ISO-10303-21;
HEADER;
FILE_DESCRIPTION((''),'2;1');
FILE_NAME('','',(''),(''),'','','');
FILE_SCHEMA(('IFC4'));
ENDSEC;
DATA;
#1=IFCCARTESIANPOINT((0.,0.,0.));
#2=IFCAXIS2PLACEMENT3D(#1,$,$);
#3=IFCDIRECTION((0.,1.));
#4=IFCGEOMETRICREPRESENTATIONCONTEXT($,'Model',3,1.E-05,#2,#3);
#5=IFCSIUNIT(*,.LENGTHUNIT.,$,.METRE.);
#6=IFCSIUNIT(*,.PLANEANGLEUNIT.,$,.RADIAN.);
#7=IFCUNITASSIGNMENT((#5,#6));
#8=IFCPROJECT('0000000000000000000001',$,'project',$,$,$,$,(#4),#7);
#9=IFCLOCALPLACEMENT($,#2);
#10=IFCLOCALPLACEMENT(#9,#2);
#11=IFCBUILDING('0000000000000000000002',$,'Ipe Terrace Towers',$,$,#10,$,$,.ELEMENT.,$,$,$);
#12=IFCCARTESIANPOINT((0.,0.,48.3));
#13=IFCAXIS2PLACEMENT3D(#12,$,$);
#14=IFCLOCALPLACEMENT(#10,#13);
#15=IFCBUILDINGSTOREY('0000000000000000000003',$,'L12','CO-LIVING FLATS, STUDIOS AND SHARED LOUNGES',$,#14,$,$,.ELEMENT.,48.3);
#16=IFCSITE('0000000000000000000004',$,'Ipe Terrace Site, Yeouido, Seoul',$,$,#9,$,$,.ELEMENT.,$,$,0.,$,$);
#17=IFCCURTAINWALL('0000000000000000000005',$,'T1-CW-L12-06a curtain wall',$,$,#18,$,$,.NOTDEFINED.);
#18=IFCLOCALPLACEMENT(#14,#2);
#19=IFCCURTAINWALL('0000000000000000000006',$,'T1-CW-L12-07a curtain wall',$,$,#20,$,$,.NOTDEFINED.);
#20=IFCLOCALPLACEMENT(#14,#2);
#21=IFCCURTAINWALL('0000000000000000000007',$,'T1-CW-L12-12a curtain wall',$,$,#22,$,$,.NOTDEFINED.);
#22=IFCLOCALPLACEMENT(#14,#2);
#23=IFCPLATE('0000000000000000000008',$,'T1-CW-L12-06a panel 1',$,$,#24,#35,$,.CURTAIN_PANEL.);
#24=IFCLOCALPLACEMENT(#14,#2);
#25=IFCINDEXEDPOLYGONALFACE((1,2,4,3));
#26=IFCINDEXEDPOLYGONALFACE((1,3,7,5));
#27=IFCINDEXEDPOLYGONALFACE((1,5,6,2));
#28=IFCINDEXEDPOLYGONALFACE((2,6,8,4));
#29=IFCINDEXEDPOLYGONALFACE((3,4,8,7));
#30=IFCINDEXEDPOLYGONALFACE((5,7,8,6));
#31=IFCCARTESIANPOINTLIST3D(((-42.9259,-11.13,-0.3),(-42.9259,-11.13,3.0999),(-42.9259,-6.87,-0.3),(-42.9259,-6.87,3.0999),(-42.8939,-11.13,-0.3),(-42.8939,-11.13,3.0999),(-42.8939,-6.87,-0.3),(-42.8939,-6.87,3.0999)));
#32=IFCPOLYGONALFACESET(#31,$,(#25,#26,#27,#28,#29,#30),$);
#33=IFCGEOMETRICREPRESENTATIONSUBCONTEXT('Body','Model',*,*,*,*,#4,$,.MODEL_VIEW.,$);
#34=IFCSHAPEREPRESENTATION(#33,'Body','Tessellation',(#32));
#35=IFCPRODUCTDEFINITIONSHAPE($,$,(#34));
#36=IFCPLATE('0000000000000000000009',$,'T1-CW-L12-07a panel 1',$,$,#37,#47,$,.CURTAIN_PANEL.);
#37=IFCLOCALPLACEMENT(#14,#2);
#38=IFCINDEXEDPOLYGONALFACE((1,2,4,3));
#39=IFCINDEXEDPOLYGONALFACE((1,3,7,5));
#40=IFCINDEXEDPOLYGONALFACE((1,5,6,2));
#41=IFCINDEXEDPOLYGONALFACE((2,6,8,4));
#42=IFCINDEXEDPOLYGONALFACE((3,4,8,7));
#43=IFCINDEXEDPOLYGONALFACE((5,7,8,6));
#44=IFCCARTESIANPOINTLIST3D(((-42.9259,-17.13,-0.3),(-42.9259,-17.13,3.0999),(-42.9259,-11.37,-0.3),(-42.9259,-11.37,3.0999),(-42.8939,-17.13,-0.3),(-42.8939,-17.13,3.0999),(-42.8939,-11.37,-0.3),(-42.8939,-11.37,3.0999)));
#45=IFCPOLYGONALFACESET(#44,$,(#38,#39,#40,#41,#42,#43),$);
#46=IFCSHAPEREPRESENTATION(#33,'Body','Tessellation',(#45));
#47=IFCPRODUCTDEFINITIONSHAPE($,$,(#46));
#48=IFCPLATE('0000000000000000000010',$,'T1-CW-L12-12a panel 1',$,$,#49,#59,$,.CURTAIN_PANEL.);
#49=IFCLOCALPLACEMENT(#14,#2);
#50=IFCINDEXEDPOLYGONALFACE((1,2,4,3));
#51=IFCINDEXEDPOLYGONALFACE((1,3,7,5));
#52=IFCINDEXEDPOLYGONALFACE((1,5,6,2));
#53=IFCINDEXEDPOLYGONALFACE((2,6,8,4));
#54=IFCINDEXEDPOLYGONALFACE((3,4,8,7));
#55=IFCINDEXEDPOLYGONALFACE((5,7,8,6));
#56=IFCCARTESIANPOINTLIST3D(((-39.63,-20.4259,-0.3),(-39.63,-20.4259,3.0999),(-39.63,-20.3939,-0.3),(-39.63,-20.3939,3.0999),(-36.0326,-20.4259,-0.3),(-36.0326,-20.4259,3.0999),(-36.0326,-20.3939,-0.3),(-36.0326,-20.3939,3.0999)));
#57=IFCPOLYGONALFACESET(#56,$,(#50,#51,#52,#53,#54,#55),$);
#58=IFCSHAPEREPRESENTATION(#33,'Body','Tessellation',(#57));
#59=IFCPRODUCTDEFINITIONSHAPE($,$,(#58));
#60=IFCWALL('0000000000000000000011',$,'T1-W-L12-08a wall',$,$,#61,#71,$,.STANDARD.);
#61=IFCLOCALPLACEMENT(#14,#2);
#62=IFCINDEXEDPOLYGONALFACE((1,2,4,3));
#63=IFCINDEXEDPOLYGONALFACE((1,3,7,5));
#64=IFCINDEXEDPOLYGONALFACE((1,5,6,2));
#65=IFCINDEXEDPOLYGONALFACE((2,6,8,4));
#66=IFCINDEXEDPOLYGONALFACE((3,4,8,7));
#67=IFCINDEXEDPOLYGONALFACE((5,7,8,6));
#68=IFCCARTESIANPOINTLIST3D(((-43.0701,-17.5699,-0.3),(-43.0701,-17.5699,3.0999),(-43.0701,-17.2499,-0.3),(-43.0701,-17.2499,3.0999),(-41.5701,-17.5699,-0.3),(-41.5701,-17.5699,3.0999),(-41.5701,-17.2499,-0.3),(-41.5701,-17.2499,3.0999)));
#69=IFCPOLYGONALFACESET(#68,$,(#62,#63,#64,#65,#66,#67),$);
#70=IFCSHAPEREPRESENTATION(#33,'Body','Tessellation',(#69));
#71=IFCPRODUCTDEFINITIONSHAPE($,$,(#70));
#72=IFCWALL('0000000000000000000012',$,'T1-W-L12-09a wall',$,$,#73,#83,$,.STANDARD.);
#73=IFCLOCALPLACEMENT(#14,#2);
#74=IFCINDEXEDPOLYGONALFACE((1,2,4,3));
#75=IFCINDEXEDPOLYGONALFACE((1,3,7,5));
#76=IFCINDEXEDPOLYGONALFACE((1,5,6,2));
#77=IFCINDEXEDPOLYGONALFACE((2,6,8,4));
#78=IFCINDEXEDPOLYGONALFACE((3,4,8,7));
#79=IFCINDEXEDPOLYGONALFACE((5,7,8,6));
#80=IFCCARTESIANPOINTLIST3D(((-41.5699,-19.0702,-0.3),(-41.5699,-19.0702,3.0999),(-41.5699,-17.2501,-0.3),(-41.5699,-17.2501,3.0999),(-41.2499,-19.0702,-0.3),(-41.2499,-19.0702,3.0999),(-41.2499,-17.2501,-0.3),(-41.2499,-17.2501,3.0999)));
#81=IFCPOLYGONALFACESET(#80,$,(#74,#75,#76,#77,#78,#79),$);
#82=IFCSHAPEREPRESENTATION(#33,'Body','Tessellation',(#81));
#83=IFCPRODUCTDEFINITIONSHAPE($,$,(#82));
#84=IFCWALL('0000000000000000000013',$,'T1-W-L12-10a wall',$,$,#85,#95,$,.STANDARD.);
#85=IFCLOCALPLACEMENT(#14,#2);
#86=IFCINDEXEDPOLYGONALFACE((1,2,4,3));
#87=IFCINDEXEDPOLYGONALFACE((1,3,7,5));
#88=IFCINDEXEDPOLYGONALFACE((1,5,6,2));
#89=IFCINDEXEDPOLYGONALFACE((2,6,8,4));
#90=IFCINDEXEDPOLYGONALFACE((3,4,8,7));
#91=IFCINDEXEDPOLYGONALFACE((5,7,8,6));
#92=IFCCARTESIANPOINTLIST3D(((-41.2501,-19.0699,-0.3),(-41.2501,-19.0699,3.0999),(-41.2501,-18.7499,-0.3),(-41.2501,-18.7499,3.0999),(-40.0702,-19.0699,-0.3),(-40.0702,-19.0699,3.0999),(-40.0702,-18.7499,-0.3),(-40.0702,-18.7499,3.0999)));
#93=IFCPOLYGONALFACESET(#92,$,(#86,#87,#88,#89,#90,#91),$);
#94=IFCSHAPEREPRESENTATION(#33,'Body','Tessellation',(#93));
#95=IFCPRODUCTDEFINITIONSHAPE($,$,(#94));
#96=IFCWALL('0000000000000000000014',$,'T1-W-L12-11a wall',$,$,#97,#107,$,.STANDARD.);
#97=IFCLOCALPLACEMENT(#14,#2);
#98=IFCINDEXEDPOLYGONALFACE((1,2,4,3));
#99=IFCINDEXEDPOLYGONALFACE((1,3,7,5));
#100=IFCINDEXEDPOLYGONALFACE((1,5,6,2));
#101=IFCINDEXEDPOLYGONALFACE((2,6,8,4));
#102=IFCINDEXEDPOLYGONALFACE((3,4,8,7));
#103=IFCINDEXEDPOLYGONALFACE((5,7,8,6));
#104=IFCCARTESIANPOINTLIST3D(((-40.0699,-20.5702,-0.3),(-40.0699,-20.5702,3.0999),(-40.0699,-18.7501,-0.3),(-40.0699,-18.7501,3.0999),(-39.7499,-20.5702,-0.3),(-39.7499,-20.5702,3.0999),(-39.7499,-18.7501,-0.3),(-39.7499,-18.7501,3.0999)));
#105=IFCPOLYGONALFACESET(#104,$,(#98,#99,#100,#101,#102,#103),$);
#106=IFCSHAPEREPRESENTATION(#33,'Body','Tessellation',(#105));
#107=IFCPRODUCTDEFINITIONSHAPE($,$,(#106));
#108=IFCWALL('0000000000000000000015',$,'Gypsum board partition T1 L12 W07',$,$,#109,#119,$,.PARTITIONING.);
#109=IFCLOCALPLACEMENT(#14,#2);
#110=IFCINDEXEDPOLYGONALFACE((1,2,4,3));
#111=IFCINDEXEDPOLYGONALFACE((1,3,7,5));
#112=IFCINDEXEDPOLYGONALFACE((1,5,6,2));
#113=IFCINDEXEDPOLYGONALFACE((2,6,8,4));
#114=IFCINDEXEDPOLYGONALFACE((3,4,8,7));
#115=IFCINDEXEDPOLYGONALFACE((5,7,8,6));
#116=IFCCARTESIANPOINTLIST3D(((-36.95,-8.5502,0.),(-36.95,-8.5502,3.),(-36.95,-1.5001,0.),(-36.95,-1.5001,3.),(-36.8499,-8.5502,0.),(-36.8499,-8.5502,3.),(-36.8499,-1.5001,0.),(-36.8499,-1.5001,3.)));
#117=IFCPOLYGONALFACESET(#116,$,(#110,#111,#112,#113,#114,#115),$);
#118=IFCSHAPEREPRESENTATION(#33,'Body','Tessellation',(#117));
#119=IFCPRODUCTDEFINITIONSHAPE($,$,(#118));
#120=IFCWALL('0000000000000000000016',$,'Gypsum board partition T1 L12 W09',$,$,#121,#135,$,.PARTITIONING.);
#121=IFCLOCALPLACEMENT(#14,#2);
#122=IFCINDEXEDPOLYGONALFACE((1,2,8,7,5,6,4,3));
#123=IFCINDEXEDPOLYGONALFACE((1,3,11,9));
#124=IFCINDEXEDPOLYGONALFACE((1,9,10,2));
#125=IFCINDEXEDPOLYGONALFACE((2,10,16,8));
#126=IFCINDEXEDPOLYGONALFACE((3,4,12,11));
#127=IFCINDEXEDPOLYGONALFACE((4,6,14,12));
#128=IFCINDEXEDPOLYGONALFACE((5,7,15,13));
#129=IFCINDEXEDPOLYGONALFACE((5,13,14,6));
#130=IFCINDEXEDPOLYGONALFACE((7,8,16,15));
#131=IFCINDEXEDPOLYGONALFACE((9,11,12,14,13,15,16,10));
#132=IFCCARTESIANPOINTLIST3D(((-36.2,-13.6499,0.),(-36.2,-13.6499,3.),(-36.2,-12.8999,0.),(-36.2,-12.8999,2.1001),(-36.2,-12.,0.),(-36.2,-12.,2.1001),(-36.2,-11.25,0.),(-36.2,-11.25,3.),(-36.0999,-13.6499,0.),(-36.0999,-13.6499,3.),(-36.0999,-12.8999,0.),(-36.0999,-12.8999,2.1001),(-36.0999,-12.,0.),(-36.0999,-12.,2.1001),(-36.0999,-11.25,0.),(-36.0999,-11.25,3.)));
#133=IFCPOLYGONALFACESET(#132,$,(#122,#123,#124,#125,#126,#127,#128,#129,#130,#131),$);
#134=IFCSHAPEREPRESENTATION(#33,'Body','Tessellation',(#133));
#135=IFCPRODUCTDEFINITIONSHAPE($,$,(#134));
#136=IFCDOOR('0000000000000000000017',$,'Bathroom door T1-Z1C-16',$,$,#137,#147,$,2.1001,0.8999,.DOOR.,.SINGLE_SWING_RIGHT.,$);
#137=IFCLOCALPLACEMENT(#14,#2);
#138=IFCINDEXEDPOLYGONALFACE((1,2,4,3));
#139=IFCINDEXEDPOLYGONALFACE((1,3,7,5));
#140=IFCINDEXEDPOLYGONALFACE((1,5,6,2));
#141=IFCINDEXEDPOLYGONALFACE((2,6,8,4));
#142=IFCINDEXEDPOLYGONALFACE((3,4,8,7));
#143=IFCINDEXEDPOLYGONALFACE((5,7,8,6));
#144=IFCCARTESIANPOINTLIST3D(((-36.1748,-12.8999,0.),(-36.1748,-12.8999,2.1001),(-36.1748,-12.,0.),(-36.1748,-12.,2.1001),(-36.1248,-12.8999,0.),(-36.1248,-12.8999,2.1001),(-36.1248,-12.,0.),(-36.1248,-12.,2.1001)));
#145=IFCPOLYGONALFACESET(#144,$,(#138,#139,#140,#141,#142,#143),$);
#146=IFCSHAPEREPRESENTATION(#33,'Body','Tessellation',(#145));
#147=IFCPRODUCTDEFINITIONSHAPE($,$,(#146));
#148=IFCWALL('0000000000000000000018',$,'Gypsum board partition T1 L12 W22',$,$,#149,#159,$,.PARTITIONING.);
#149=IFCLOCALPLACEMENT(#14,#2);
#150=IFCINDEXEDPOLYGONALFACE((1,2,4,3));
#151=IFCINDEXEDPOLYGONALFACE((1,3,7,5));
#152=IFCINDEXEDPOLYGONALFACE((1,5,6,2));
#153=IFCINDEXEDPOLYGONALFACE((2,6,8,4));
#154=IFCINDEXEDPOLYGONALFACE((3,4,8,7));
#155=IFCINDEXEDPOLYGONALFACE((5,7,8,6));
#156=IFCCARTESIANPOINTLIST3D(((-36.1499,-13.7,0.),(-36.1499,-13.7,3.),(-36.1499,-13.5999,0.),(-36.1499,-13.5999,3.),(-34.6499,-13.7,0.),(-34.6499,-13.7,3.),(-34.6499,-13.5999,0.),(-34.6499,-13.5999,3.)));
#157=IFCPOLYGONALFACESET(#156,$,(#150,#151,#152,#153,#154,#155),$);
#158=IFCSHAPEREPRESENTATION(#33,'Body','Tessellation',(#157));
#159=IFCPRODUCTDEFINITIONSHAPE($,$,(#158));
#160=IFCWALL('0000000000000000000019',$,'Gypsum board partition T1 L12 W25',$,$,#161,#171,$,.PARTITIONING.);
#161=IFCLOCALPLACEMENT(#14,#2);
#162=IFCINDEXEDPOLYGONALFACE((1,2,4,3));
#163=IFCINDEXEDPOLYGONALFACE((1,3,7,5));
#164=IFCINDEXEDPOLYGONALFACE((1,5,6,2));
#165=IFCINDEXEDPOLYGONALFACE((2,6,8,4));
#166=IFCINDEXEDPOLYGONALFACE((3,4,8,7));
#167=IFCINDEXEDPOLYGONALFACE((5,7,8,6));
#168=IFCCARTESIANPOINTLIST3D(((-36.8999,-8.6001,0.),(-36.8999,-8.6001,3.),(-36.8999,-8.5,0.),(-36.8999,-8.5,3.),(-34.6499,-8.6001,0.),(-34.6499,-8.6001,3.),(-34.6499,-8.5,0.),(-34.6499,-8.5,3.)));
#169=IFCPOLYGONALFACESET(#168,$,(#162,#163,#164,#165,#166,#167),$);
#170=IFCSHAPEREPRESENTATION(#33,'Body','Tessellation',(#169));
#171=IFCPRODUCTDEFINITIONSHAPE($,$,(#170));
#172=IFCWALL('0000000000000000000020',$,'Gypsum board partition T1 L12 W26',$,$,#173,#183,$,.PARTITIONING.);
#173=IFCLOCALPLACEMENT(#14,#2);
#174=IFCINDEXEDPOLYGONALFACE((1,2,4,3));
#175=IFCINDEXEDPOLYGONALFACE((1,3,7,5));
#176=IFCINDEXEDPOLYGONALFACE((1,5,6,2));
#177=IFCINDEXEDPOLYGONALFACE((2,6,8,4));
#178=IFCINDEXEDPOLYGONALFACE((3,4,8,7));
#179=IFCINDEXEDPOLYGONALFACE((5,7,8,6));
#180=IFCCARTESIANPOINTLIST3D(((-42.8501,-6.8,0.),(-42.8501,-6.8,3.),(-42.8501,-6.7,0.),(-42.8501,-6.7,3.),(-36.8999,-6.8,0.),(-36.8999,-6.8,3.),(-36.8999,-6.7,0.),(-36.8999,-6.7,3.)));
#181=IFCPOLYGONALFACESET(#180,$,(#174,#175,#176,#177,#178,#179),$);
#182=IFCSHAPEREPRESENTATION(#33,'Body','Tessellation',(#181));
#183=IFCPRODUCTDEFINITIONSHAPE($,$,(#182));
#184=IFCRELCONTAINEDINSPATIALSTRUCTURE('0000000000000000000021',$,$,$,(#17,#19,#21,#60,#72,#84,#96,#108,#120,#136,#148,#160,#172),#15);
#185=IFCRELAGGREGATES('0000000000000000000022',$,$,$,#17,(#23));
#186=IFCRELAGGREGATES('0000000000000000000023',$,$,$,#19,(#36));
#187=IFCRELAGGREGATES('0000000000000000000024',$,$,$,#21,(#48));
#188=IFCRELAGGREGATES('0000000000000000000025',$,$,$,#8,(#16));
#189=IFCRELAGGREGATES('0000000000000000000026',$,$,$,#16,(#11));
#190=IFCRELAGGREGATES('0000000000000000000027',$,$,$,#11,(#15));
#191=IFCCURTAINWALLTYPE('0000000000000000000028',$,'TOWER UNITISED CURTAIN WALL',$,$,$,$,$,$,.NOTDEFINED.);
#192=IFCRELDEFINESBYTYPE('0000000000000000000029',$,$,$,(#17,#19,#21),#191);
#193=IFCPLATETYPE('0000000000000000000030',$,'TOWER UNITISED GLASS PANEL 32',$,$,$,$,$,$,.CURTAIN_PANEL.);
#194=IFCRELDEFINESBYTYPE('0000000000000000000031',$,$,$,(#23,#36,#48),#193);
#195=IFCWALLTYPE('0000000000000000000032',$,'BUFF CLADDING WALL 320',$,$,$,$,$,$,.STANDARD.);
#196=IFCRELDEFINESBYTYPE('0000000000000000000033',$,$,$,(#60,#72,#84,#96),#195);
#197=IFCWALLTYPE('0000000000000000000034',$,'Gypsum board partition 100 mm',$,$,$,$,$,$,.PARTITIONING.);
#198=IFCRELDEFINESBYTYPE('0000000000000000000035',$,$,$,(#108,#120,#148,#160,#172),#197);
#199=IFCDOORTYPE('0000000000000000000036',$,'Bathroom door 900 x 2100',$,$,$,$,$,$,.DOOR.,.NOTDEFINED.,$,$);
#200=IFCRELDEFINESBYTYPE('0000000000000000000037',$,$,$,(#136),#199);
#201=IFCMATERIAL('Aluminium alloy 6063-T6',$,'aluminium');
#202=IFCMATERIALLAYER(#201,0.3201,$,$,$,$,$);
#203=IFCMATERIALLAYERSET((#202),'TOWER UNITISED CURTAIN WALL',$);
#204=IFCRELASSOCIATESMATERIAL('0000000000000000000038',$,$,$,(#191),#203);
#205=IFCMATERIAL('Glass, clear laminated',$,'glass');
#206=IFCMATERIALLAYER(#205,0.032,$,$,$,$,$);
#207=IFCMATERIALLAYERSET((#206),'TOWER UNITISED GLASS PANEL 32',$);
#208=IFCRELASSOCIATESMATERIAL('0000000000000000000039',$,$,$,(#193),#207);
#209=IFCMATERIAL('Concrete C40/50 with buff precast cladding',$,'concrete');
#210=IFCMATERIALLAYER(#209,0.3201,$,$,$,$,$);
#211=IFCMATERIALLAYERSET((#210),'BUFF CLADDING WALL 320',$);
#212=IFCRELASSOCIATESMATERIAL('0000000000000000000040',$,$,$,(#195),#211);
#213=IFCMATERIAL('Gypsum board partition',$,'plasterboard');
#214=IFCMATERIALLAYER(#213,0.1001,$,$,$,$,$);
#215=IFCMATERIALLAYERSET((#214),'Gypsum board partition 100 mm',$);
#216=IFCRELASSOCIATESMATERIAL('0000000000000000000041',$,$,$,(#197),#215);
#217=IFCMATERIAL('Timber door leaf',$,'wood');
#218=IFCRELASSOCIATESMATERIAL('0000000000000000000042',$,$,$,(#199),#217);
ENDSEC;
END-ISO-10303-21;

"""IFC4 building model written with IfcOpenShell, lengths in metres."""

from ifc_helpers import new_model, si_unit, direction, frame, frame_2d, origin, origin_2d, place, context, subcontext, project, spatial, rectangle, extrude, material, layer, layer_set, type_object, element, fill, aggregate, save


model = new_model("IFC4")

# Units and contexts
model_context = context("Model", 3, precision=1e-05, world=origin(), true_north=direction((0.0, 1.0)))
body_context = subcontext(model_context, "Body", "Model", "MODEL_VIEW")
ifc_project = project(units=[si_unit("LENGTHUNIT", "METRE"), si_unit("PLANEANGLEUNIT", "RADIAN")], contexts=[model_context])

# Site, building, storey
site_placement = place(None, origin())
site = spatial("IfcSite", under=ifc_project, at=site_placement, Name="Ipe Terrace Site, Yeouido, Seoul", CompositionType="ELEMENT", RefElevation=0.0)
building_placement = place(site_placement, origin())
building = spatial("IfcBuilding", under=site, at=building_placement, Name="Ipe Terrace Towers", CompositionType="ELEMENT")
storey_placement = place(building_placement, frame((0.0, 0.0, 48.3)))
storey = spatial("IfcBuildingStorey", under=building, at=storey_placement, Name="L12", Description="CO-LIVING FLATS, STUDIOS AND SHARED LOUNGES", CompositionType="ELEMENT", Elevation=48.3)

# Curtain walls
ifc_material_1 = material(Name="Aluminium alloy 6063-T6", Category="aluminium")
ifc_layer_1 = layer(ifc_material_1, 0.3201)
ifc_layer_set_1 = layer_set([ifc_layer_1], Name="TOWER UNITISED CURTAIN WALL")
curtain_wall_type = type_object("IfcCurtainWallType", Name="TOWER UNITISED CURTAIN WALL", PredefinedType="NOTDEFINED", material=ifc_layer_set_1)
curtain_wall_1_placement = place(storey_placement, origin())
curtain_wall_1 = element("IfcCurtainWall", 1, at=curtain_wall_1_placement, inside=storey, type_object=curtain_wall_type, Name="T1-CW-L12-06a curtain wall", PredefinedType="NOTDEFINED")
curtain_wall_2_placement = place(storey_placement, origin())
curtain_wall_2 = element("IfcCurtainWall", 2, at=curtain_wall_2_placement, inside=storey, type_object=curtain_wall_type, Name="T1-CW-L12-07a curtain wall", PredefinedType="NOTDEFINED")
curtain_wall_3_placement = place(storey_placement, origin())
curtain_wall_3 = element("IfcCurtainWall", 3, at=curtain_wall_3_placement, inside=storey, type_object=curtain_wall_type, Name="T1-CW-L12-12a curtain wall", PredefinedType="NOTDEFINED")

# Plates
ifc_material_2 = material(Name="Glass, clear laminated", Category="glass")
ifc_layer_2 = layer(ifc_material_2, 0.032)
ifc_layer_set_2 = layer_set([ifc_layer_2], Name="TOWER UNITISED GLASS PANEL 32")
plate_type = type_object("IfcPlateType", Name="TOWER UNITISED GLASS PANEL 32", PredefinedType="CURTAIN_PANEL", material=ifc_layer_set_2)
plate_1_placement = place(storey_placement, frame((-42.9099, -9.0, -0.3), z_axis=(0.0, 0.0, 1.0), x_axis=(0.0, -1.0, 0.0)))
plate_1 = element("IfcPlate", 4, at=plate_1_placement, type_object=plate_type, Name="T1-CW-L12-06a panel 1", PredefinedType="CURTAIN_PANEL", context=body_context, shape_type="SweptSolid", body=[
    extrude(rectangle(XDim=4.26, YDim=0.032, at=origin_2d()), origin(), (0.0, 0.0, 1.0), 3.3999),
])
aggregate(curtain_wall_1, [plate_1])
plate_2_placement = place(storey_placement, frame((-42.9099, -14.25, -0.3), z_axis=(0.0, 0.0, 1.0), x_axis=(0.0, -1.0, 0.0)))
plate_2 = element("IfcPlate", 5, at=plate_2_placement, type_object=plate_type, Name="T1-CW-L12-07a panel 1", PredefinedType="CURTAIN_PANEL", context=body_context, shape_type="SweptSolid", body=[
    extrude(rectangle(XDim=5.76, YDim=0.032, at=origin_2d()), origin(), (0.0, 0.0, 1.0), 3.3999),
])
aggregate(curtain_wall_2, [plate_2])
plate_3_placement = place(storey_placement, frame((-37.8313, -20.4099, -0.3), z_axis=(0.0, 0.0, 1.0), x_axis=(1.0, 0.0, 0.0)))
plate_3 = element("IfcPlate", 6, at=plate_3_placement, type_object=plate_type, Name="T1-CW-L12-12a panel 1", PredefinedType="CURTAIN_PANEL", context=body_context, shape_type="SweptSolid", body=[
    extrude(rectangle(XDim=3.5974, YDim=0.032, at=origin_2d()), origin(), (0.0, 0.0, 1.0), 3.3999),
])
aggregate(curtain_wall_3, [plate_3])

# Walls
ifc_material_3 = material(Name="Concrete C40/50 with buff precast cladding", Category="concrete")
ifc_layer_3 = layer(ifc_material_3, 0.3201)
ifc_layer_set_3 = layer_set([ifc_layer_3], Name="BUFF CLADDING WALL 320")
wall_type_1 = type_object("IfcWallType", Name="BUFF CLADDING WALL 320", PredefinedType="STANDARD", material=ifc_layer_set_3)
wall_1_placement = place(storey_placement, frame((-43.0701, -17.4099, -0.3), z_axis=(0.0, 0.0, 1.0), x_axis=(1.0, 0.0, 0.0)))
element("IfcWall", 7, at=wall_1_placement, inside=storey, type_object=wall_type_1, Name="T1-W-L12-08a wall", PredefinedType="STANDARD", context=body_context, shape_type="SweptSolid", body=[
    extrude(rectangle(XDim=1.5, YDim=0.3201, at=frame_2d((0.75, 0.0))), origin(), (0.0, 0.0, 1.0), 3.3999),
])
wall_2_placement = place(storey_placement, frame((-41.4099, -17.25, -0.3), z_axis=(0.0, 0.0, 1.0), x_axis=(0.0, -1.0, 0.0)))
element("IfcWall", 8, at=wall_2_placement, inside=storey, type_object=wall_type_1, Name="T1-W-L12-09a wall", PredefinedType="STANDARD", context=body_context, shape_type="SweptSolid", body=[
    extrude(rectangle(XDim=1.8201, YDim=0.3201, at=frame_2d((0.9102, 0.0))), origin(), (0.0, 0.0, 1.0), 3.3999),
])
wall_3_placement = place(storey_placement, frame((-41.25, -18.9099, -0.3), z_axis=(0.0, 0.0, 1.0), x_axis=(1.0, 0.0, 0.0)))
element("IfcWall", 9, at=wall_3_placement, inside=storey, type_object=wall_type_1, Name="T1-W-L12-10a wall", PredefinedType="STANDARD", context=body_context, shape_type="SweptSolid", body=[
    extrude(rectangle(XDim=1.1799, YDim=0.3201, at=frame_2d((0.5898, 0.0))), origin(), (0.0, 0.0, 1.0), 3.3999),
])
wall_4_placement = place(storey_placement, frame((-39.9099, -18.75, -0.3), z_axis=(0.0, 0.0, 1.0), x_axis=(0.0, -1.0, 0.0)))
element("IfcWall", 10, at=wall_4_placement, inside=storey, type_object=wall_type_1, Name="T1-W-L12-11a wall", PredefinedType="STANDARD", context=body_context, shape_type="SweptSolid", body=[
    extrude(rectangle(XDim=1.8201, YDim=0.3201, at=frame_2d((0.9102, 0.0))), origin(), (0.0, 0.0, 1.0), 3.3999),
])
ifc_material_4 = material(Name="Gypsum board partition", Category="plasterboard")
ifc_layer_4 = layer(ifc_material_4, 0.1001)
ifc_layer_set_4 = layer_set([ifc_layer_4], Name="Gypsum board partition 100 mm")
wall_type_2 = type_object("IfcWallType", Name="Gypsum board partition 100 mm", PredefinedType="PARTITIONING", material=ifc_layer_set_4)
wall_5_placement = place(storey_placement, frame((-36.8999, -8.55, 0.0), z_axis=(0.0, 0.0, 1.0), x_axis=(0.0, 1.0, 0.0)))
element("IfcWall", 11, at=wall_5_placement, inside=storey, type_object=wall_type_2, Name="Gypsum board partition T1 L12 W07", PredefinedType="PARTITIONING", context=body_context, shape_type="SweptSolid", body=[
    extrude(rectangle(XDim=7.05, YDim=0.1001, at=frame_2d((3.5249, 0.0))), origin(), (0.0, 0.0, 1.0), 3.0),
])

# Wall, opening, door
wall_6_placement = place(storey_placement, frame((-36.1499, -13.6499, 0.0), z_axis=(0.0, 0.0, 1.0), x_axis=(0.0, 1.0, 0.0)))
wall_6 = element("IfcWall", 12, at=wall_6_placement, inside=storey, type_object=wall_type_2, Name="Gypsum board partition T1 L12 W09", PredefinedType="PARTITIONING", context=body_context, shape_type="SweptSolid", body=[
    extrude(rectangle(XDim=2.3999, YDim=0.1001, at=frame_2d((1.2, 0.0))), origin(), (0.0, 0.0, 1.0), 3.0),
])
opening_1_placement = place(wall_6_placement, frame((0.75, 0.0, 0.0)))
opening_1 = element("IfcOpeningElement", 13, at=opening_1_placement, cuts=wall_6, PredefinedType="OPENING", context=body_context, shape_type="SweptSolid", body=[
    extrude(rectangle(XDim=0.8999, YDim=2.1001, at=frame_2d((0.45, 1.05))), frame((0.0, 0.0601, 0.0), z_axis=(0.0, -1.0, 0.0), x_axis=(1.0, 0.0, 0.0)), (0.0, 0.0, 1.0), 0.1201),
])
ifc_material_5 = material(Name="Timber door leaf", Category="wood")
door_type_1 = type_object("IfcDoorType", Name="Bathroom door 900 x 2100", OperationType="NOTDEFINED", PredefinedType="DOOR", material=ifc_material_5)
door_1_placement = place(opening_1_placement, origin())
door_1 = element("IfcDoor", 14, at=door_1_placement, inside=storey, type_object=door_type_1, Name="Bathroom door T1-Z1C-16", OperationType="SINGLE_SWING_RIGHT", OverallHeight=2.1001, OverallWidth=0.8999, PredefinedType="DOOR", context=body_context, shape_type="SweptSolid", body=[
    extrude(rectangle(XDim=0.8999, YDim=2.1001, at=frame_2d((0.45, 1.05))), frame((0.0, 0.0249, 0.0), z_axis=(0.0, -1.0, 0.0), x_axis=(1.0, 0.0, 0.0)), (0.0, 0.0, 1.0), 0.05),
])
fill(opening_1, door_1)

# Walls
wall_7_placement = place(storey_placement, frame((-36.1499, -13.6499, 0.0), z_axis=(0.0, 0.0, 1.0), x_axis=(1.0, 0.0, 0.0)))
element("IfcWall", 15, at=wall_7_placement, inside=storey, type_object=wall_type_2, Name="Gypsum board partition T1 L12 W22", PredefinedType="PARTITIONING", context=body_context, shape_type="SweptSolid", body=[
    extrude(rectangle(XDim=1.5, YDim=0.1001, at=frame_2d((0.75, 0.0))), origin(), (0.0, 0.0, 1.0), 3.0),
])
wall_8_placement = place(storey_placement, frame((-36.8999, -8.55, 0.0), z_axis=(0.0, 0.0, 1.0), x_axis=(1.0, 0.0, 0.0)))
element("IfcWall", 16, at=wall_8_placement, inside=storey, type_object=wall_type_2, Name="Gypsum board partition T1 L12 W25", PredefinedType="PARTITIONING", context=body_context, shape_type="SweptSolid", body=[
    extrude(rectangle(XDim=2.25, YDim=0.1001, at=frame_2d((1.125, 0.0))), origin(), (0.0, 0.0, 1.0), 3.0),
])
wall_9_placement = place(storey_placement, frame((-42.8501, -6.75, 0.0), z_axis=(0.0, 0.0, 1.0), x_axis=(1.0, 0.0, 0.0)))
element("IfcWall", 17, at=wall_9_placement, inside=storey, type_object=wall_type_2, Name="Gypsum board partition T1 L12 W26", PredefinedType="PARTITIONING", context=body_context, shape_type="SweptSolid", body=[
    extrude(rectangle(XDim=5.9502, YDim=0.1001, at=frame_2d((2.9751, 0.0))), origin(), (0.0, 0.0, 1.0), 3.0),
])

save(model, "model.ifc")
